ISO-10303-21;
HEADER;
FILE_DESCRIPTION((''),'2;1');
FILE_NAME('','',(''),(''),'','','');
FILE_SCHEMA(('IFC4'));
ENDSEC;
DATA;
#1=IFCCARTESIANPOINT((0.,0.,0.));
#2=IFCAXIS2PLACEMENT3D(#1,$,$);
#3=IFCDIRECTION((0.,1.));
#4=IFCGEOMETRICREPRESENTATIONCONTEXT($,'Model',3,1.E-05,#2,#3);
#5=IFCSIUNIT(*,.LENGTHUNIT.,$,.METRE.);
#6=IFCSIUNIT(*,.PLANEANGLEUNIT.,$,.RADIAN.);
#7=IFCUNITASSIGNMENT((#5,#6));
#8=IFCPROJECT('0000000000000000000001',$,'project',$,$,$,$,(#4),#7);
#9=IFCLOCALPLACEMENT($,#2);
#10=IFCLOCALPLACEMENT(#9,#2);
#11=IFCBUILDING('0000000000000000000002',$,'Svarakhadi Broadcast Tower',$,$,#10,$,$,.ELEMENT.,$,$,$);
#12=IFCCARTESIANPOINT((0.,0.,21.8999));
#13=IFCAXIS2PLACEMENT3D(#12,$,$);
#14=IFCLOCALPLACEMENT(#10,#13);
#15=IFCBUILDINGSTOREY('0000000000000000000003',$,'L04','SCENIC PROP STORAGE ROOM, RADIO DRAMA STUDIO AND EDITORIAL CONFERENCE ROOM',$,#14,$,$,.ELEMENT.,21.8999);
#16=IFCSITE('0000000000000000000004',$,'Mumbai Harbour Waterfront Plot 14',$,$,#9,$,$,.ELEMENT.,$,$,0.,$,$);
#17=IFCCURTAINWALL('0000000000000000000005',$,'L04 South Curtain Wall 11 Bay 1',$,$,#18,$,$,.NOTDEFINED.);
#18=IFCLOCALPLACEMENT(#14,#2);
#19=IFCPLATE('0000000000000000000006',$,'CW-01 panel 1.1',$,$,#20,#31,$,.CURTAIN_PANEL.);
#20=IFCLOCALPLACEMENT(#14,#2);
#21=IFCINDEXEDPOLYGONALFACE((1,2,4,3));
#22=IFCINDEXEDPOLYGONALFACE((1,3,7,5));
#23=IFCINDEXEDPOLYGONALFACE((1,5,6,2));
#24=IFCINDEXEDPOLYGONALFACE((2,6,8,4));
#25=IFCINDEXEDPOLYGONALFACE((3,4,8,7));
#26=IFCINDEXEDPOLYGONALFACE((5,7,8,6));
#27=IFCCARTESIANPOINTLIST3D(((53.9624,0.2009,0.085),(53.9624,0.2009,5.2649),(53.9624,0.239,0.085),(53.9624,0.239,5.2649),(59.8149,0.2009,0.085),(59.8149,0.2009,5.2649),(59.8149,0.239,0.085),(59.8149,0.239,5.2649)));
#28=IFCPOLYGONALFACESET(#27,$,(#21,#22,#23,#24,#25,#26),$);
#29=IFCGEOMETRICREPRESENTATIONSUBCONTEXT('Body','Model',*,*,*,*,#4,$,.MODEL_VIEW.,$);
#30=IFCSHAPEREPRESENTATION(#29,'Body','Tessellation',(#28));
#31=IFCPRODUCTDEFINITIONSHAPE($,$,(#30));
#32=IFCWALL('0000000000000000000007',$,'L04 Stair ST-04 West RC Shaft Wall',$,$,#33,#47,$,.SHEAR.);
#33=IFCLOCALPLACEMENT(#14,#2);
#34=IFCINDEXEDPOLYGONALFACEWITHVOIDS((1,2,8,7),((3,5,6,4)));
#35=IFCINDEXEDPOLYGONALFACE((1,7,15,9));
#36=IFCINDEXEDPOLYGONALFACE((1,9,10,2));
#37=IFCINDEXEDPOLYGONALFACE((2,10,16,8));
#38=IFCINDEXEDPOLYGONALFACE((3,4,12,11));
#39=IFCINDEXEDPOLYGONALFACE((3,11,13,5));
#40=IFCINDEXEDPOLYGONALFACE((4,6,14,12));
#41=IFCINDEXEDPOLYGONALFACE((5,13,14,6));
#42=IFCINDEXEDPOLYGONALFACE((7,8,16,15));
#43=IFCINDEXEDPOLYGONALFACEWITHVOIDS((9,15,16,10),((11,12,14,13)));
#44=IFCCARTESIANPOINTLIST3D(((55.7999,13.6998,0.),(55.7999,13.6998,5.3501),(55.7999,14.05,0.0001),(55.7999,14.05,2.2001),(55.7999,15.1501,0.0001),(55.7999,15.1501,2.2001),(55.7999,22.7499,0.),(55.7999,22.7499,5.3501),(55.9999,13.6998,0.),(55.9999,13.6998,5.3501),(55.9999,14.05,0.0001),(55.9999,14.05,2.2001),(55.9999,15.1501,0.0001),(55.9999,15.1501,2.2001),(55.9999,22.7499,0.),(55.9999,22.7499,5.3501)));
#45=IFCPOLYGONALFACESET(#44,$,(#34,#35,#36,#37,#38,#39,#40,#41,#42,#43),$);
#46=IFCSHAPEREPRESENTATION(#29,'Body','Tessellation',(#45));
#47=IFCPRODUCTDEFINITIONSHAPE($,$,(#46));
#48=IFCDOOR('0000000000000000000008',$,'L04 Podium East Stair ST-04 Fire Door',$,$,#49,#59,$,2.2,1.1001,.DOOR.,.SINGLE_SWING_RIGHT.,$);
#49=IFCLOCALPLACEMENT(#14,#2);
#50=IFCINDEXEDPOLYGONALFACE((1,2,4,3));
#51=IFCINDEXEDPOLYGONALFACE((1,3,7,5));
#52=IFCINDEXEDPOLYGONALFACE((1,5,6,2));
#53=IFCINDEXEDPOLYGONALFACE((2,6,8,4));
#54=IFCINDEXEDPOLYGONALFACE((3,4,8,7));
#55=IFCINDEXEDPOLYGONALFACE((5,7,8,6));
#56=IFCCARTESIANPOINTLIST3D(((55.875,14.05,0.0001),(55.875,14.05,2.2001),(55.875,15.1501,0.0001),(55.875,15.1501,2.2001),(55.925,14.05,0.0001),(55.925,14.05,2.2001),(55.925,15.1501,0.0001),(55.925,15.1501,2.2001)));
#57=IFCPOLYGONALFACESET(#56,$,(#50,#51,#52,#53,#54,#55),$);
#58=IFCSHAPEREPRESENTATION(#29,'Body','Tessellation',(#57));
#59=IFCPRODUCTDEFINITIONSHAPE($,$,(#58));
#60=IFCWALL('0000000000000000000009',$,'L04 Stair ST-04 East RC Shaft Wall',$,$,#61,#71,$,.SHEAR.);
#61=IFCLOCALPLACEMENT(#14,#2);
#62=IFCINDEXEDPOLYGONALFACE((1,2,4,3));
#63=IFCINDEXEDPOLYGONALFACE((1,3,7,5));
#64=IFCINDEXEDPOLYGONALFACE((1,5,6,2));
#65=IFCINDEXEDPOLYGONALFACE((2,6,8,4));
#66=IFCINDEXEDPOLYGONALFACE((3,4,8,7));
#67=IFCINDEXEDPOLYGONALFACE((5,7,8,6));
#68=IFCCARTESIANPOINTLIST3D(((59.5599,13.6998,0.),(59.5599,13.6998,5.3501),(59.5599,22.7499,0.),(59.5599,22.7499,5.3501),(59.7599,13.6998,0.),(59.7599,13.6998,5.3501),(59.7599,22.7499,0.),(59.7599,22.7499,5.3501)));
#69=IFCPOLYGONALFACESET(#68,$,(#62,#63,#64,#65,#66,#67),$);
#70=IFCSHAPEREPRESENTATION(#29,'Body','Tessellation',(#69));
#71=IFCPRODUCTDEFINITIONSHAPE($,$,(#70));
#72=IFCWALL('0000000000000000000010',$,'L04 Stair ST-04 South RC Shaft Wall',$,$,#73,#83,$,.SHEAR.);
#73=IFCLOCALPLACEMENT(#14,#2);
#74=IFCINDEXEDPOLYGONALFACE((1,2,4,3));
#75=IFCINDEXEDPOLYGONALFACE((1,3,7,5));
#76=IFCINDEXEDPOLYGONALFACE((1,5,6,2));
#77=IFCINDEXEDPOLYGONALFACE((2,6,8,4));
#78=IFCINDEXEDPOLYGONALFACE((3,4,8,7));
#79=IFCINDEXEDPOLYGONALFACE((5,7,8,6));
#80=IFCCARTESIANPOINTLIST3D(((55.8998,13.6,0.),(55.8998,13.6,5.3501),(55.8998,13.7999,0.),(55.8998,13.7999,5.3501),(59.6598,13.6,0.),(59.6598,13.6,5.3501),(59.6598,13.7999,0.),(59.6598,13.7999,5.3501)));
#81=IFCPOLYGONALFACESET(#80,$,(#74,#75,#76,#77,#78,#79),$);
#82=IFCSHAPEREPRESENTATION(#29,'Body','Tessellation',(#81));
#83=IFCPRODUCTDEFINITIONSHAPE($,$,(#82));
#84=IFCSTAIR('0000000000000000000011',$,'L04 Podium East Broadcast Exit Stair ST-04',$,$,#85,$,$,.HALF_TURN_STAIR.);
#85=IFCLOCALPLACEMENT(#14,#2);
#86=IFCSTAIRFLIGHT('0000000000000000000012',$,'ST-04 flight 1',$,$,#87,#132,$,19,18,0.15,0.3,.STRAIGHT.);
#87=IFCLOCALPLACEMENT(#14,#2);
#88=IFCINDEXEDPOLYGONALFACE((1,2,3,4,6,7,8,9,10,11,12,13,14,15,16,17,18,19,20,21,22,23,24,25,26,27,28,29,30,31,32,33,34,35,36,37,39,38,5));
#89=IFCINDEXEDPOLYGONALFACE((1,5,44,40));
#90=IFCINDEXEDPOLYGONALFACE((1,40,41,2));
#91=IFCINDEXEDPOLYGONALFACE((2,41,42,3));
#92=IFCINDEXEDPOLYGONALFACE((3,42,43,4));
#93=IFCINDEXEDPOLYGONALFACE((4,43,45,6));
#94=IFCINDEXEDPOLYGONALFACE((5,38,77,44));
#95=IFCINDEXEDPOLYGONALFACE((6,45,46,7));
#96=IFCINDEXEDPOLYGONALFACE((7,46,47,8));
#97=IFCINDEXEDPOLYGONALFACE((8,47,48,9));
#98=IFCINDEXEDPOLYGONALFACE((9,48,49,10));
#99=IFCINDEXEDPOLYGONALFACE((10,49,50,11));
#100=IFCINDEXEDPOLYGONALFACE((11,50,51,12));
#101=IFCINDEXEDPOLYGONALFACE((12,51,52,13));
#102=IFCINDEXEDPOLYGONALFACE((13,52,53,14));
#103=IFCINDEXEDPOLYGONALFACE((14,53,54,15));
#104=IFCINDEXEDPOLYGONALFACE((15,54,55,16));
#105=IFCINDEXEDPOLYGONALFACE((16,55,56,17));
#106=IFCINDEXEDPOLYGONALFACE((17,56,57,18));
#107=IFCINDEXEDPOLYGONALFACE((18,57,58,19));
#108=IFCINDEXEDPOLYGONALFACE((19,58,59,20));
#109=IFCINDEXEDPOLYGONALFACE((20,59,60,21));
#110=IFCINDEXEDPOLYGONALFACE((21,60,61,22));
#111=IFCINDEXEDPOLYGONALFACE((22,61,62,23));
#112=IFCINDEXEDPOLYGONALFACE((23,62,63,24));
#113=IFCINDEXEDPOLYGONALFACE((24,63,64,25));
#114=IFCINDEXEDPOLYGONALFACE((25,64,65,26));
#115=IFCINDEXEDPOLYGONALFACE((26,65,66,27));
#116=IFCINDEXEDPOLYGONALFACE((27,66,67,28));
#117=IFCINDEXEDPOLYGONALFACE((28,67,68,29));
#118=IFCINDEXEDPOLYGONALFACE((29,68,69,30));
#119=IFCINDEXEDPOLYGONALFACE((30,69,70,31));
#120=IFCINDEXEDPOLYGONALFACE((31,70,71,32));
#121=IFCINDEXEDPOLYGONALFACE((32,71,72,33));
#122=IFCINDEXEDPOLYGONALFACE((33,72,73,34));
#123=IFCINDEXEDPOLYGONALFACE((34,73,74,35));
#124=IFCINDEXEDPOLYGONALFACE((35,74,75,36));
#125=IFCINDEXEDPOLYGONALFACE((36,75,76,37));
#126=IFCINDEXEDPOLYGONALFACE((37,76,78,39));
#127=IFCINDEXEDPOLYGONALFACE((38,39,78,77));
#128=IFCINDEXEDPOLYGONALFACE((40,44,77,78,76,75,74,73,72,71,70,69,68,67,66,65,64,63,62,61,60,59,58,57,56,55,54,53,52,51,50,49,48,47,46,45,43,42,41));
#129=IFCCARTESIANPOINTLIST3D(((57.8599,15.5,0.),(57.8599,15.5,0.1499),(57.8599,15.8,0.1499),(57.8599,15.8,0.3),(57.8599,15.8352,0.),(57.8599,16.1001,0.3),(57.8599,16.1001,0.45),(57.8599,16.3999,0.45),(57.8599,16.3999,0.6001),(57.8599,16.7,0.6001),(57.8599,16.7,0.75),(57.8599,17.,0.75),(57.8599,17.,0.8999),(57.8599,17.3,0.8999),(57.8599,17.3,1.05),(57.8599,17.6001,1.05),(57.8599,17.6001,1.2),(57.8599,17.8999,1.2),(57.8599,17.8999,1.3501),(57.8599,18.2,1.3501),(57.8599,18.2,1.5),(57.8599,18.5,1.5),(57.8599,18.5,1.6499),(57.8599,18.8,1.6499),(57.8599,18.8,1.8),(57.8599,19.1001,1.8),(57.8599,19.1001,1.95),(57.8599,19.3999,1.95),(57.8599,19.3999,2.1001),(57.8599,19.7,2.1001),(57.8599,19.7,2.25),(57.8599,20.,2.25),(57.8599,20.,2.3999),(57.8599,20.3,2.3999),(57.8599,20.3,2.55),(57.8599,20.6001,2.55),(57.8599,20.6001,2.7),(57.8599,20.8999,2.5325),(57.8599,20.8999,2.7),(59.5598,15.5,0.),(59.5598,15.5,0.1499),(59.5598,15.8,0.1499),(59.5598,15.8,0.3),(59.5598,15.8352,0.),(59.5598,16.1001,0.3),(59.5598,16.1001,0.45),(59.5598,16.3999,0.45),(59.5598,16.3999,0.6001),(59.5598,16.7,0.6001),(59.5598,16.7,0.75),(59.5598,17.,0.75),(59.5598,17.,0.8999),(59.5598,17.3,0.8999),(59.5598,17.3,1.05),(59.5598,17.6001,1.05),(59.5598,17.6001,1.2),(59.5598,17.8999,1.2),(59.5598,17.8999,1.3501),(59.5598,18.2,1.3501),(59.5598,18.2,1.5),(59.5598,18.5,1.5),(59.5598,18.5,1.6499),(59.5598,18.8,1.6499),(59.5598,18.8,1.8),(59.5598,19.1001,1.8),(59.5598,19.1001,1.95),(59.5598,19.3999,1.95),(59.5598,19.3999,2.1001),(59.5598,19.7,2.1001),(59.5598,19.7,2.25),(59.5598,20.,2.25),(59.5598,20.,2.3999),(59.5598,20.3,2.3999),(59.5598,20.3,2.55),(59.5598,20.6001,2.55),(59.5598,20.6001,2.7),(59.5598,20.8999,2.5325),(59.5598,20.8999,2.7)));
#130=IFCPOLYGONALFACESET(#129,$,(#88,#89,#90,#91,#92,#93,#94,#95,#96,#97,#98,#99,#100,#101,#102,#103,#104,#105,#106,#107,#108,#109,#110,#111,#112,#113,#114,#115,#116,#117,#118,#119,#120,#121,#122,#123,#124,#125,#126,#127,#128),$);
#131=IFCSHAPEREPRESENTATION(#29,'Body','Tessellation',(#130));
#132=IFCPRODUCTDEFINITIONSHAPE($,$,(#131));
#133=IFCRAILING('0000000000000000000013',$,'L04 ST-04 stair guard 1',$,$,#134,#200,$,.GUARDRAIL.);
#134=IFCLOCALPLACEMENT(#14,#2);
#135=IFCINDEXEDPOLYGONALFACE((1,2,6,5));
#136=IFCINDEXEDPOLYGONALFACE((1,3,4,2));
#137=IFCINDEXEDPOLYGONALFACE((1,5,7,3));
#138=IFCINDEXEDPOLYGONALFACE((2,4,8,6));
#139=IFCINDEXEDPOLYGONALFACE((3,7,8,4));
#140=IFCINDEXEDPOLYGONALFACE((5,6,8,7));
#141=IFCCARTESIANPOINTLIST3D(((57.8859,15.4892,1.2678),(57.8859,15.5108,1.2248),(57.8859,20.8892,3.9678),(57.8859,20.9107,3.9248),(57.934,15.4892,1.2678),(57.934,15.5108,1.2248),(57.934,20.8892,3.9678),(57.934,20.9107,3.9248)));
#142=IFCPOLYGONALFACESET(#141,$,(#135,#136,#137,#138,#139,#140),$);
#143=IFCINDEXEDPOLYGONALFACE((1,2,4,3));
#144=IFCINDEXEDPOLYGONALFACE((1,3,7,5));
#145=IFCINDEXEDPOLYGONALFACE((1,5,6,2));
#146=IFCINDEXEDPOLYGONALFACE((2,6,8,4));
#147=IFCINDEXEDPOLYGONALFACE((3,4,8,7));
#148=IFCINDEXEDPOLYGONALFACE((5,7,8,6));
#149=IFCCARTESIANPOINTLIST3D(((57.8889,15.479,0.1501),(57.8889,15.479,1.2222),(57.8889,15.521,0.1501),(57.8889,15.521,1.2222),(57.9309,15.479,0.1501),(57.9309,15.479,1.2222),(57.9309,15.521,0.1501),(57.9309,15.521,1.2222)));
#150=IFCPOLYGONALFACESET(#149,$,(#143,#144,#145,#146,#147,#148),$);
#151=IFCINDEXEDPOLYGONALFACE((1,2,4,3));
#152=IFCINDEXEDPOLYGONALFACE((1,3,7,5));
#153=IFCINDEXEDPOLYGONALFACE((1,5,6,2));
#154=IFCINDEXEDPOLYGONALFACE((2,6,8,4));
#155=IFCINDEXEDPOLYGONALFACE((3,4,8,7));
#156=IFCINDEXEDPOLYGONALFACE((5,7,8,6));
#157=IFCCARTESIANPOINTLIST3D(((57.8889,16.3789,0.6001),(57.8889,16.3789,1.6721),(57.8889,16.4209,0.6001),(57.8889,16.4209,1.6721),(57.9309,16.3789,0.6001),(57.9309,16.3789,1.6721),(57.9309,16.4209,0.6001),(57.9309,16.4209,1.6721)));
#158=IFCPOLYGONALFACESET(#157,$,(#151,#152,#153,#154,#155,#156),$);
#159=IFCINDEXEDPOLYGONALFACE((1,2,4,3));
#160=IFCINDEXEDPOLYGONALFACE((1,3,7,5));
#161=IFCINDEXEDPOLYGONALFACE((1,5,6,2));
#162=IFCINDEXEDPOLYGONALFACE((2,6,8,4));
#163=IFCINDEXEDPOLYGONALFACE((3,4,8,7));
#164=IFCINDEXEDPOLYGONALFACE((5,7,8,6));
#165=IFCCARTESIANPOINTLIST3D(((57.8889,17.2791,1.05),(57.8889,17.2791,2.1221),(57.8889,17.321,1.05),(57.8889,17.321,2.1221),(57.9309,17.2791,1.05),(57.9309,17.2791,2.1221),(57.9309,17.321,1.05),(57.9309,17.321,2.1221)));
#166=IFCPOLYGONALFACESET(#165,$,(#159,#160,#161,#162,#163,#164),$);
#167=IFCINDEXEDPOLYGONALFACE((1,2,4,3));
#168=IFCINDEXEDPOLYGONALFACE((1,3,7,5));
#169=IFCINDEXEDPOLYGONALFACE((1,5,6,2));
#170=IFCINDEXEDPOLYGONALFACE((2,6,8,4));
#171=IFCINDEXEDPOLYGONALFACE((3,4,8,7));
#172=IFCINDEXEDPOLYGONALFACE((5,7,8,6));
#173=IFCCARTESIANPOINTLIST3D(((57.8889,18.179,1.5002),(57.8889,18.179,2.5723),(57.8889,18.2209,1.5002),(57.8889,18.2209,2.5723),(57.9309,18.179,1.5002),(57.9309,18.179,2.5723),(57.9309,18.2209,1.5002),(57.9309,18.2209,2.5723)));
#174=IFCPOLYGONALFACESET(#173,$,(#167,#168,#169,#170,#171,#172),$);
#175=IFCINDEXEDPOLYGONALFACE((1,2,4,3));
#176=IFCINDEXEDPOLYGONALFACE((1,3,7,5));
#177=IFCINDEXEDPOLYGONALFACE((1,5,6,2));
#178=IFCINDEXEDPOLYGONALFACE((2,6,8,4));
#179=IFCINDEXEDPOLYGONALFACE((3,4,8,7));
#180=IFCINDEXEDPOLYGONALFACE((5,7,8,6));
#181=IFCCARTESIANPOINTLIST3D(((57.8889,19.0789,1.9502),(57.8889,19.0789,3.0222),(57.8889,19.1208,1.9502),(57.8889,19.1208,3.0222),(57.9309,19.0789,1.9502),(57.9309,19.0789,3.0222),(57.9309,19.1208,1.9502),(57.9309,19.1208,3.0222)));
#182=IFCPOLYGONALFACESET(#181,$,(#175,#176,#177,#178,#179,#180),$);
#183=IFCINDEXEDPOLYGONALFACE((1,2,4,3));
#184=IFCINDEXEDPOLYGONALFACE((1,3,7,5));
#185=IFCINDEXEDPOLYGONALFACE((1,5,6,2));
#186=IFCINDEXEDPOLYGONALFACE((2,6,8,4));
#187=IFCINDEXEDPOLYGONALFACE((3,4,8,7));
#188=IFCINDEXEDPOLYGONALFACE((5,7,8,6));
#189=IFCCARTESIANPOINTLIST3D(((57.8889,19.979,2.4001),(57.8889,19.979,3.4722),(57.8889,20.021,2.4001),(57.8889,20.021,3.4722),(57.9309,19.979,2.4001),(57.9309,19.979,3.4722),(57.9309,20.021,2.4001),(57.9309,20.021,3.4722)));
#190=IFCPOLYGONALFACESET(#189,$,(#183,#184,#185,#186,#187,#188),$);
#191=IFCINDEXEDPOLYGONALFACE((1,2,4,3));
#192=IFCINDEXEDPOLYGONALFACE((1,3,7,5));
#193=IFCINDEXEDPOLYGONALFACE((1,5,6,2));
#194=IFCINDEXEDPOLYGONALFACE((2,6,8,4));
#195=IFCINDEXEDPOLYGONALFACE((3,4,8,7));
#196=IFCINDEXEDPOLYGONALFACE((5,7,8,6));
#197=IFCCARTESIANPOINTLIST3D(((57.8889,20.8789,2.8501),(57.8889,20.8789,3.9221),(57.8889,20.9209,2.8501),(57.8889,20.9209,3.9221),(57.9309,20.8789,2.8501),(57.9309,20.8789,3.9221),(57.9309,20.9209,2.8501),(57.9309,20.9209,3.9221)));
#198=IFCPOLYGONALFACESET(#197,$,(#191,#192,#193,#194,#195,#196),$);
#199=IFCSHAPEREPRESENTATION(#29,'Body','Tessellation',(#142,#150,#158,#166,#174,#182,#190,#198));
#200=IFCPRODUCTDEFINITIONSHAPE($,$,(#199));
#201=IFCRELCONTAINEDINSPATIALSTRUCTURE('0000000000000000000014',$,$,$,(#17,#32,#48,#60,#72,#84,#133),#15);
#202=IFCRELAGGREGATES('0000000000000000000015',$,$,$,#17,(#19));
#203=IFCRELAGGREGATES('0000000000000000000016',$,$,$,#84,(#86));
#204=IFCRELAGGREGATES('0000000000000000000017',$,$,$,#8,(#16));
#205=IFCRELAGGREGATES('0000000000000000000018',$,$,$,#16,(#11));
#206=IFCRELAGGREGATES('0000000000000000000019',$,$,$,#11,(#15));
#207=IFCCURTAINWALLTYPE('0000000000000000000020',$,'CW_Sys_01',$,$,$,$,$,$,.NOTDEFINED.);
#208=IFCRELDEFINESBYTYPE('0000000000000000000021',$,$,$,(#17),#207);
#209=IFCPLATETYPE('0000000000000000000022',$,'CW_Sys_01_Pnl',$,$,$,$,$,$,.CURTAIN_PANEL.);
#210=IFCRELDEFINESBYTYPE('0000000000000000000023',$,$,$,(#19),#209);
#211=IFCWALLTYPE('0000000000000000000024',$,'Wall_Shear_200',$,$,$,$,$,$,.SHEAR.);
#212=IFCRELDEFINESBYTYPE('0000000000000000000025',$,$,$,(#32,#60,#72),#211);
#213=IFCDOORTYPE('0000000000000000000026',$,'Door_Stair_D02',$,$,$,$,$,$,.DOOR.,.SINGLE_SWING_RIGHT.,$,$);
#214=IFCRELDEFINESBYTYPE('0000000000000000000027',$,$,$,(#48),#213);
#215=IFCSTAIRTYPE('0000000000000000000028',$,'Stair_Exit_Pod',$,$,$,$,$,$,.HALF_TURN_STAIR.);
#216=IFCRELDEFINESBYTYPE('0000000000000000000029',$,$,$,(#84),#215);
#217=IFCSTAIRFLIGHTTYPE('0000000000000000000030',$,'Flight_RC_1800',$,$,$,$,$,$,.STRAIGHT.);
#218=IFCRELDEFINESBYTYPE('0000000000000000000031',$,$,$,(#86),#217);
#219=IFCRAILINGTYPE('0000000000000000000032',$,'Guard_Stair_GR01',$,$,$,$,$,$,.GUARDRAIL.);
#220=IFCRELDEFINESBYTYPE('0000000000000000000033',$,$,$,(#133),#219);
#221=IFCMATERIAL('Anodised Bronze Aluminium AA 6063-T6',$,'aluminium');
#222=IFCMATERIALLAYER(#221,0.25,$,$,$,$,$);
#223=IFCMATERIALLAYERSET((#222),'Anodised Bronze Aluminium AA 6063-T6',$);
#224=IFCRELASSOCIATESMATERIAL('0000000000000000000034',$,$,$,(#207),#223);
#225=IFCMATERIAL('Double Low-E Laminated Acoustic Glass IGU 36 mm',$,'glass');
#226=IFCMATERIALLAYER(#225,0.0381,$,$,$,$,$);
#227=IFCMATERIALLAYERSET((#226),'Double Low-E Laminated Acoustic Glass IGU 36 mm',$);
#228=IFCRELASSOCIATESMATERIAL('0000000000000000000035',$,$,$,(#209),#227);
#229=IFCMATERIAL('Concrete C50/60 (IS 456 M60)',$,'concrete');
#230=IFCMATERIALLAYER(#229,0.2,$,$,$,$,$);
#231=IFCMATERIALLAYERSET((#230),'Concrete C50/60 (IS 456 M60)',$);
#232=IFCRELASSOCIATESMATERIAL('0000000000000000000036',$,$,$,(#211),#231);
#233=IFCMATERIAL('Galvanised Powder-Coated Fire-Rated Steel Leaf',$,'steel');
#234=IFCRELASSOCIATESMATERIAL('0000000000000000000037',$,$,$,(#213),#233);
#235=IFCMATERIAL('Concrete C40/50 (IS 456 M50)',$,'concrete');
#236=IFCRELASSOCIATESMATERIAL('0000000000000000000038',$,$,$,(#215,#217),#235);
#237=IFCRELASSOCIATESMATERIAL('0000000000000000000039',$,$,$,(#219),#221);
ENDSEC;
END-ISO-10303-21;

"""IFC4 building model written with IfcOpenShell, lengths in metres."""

from ifc_helpers import new_model, si_unit, direction, frame, frame_2d, origin, origin_2d, place, context, subcontext, project, spatial, polyline, rectangle, outline, extrude, material, layer, layer_set, type_object, element, fill, aggregate, save


model = new_model("IFC4")

# Units and contexts
model_context = context("Model", 3, precision=1e-05, world=origin(), true_north=direction((0.0, 1.0)))
body_context = subcontext(model_context, "Body", "Model", "MODEL_VIEW")
ifc_project = project(units=[si_unit("LENGTHUNIT", "METRE"), si_unit("PLANEANGLEUNIT", "RADIAN")], contexts=[model_context])

# Site, building, storey
site_placement = place(None, origin())
site = spatial("IfcSite", under=ifc_project, at=site_placement, Name="Mumbai Harbour Waterfront Plot 14", CompositionType="ELEMENT", RefElevation=0.0)
building_placement = place(site_placement, origin())
building = spatial("IfcBuilding", under=site, at=building_placement, Name="Svarakhadi Broadcast Tower", CompositionType="ELEMENT")
storey_placement = place(building_placement, frame((0.0, 0.0, 21.8999)))
storey = spatial("IfcBuildingStorey", under=building, at=storey_placement, Name="L04", Description="SCENIC PROP STORAGE ROOM, RADIO DRAMA STUDIO AND EDITORIAL CONFERENCE ROOM", CompositionType="ELEMENT", Elevation=21.8999)

# Shared definitions
ifc_material_1 = material(Name="Anodised Bronze Aluminium AA 6063-T6", Category="aluminium")
ifc_layer_1 = layer(ifc_material_1, 0.25)
ifc_layer_set_1 = layer_set([ifc_layer_1], Name="Anodised Bronze Aluminium AA 6063-T6")
curtain_wall_type = type_object("IfcCurtainWallType", Name="CW_Sys_01", PredefinedType="NOTDEFINED", material=ifc_layer_set_1)

# Curtain wall
curtain_wall_1_placement = place(storey_placement, origin())
curtain_wall_1 = element("IfcCurtainWall", 1, at=curtain_wall_1_placement, inside=storey, type_object=curtain_wall_type, Name="L04 South Curtain Wall 11 Bay 1", PredefinedType="NOTDEFINED")

# Shared definitions
ifc_material_2 = material(Name="Concrete C50/60 (IS 456 M60)", Category="concrete")

# Plate
ifc_material_3 = material(Name="Double Low-E Laminated Acoustic Glass IGU 36 mm", Category="glass")
ifc_layer_2 = layer(ifc_material_3, 0.0381)
ifc_layer_set_2 = layer_set([ifc_layer_2], Name="Double Low-E Laminated Acoustic Glass IGU 36 mm")
plate_type = type_object("IfcPlateType", Name="CW_Sys_01_Pnl", PredefinedType="CURTAIN_PANEL", material=ifc_layer_set_2)
plate_1_placement = place(storey_placement, frame((56.8887, 0.22, 0.085), z_axis=(0.0, 0.0, 1.0), x_axis=(-1.0, 0.0, 0.0)))
plate_1 = element("IfcPlate", 2, at=plate_1_placement, type_object=plate_type, Name="CW-01 panel 1.1", PredefinedType="CURTAIN_PANEL", context=body_context, shape_type="SweptSolid", body=[
    extrude(rectangle(XDim=5.8525, YDim=0.0381, at=origin_2d()), origin(), (0.0, 0.0, 1.0), 5.1799),
])
aggregate(curtain_wall_1, [plate_1])

# Wall, opening, door
ifc_layer_3 = layer(ifc_material_2, 0.2)
ifc_layer_set_3 = layer_set([ifc_layer_3], Name="Concrete C50/60 (IS 456 M60)")
wall_type = type_object("IfcWallType", Name="Wall_Shear_200", PredefinedType="SHEAR", material=ifc_layer_set_3)
wall_1_placement = place(storey_placement, frame((55.8999, 13.7, 0.0), z_axis=(0.0, 0.0, 1.0), x_axis=(0.0, 1.0, 0.0)))
wall_1 = element("IfcWall", 3, at=wall_1_placement, inside=storey, type_object=wall_type, Name="L04 Stair ST-04 West RC Shaft Wall", PredefinedType="SHEAR", context=body_context, shape_type="SweptSolid", body=[
    extrude(rectangle(XDim=9.05, YDim=0.2, at=frame_2d((4.5249, 0.0))), origin(), (0.0, 0.0, 1.0), 5.3501),
])
opening_placement = place(wall_1_placement, frame((0.3501, 0.0, 0.0)))
opening = element("IfcOpeningElement", 4, at=opening_placement, cuts=wall_1, PredefinedType="OPENING", context=body_context, shape_type="SweptSolid", body=[
    extrude(rectangle(XDim=1.1001, YDim=2.2, at=frame_2d((0.55, 1.1001))), frame((0.0, 0.1099, 0.0), z_axis=(0.0, -1.0, 0.0), x_axis=(1.0, 0.0, 0.0)), (0.0, 0.0, 1.0), 0.22),
])
ifc_material_4 = material(Name="Galvanised Powder-Coated Fire-Rated Steel Leaf", Category="steel")
door_type = type_object("IfcDoorType", Name="Door_Stair_D02", OperationType="SINGLE_SWING_RIGHT", PredefinedType="DOOR", material=ifc_material_4)
door_placement = place(opening_placement, origin())
door = element("IfcDoor", 5, at=door_placement, inside=storey, type_object=door_type, Name="L04 Podium East Stair ST-04 Fire Door", OperationType="SINGLE_SWING_RIGHT", OverallHeight=2.2, OverallWidth=1.1001, PredefinedType="DOOR", context=body_context, shape_type="SweptSolid", body=[
    extrude(rectangle(XDim=1.1001, YDim=2.2, at=frame_2d((0.55, 1.1001))), frame((0.0, 0.0249, 0.0), z_axis=(0.0, -1.0, 0.0), x_axis=(1.0, 0.0, 0.0)), (0.0, 0.0, 1.0), 0.05),
])
fill(opening, door)

# Walls
wall_2_placement = place(storey_placement, frame((59.6599, 13.7, 0.0), z_axis=(0.0, 0.0, 1.0), x_axis=(0.0, 1.0, 0.0)))
element("IfcWall", 6, at=wall_2_placement, inside=storey, type_object=wall_type, Name="L04 Stair ST-04 East RC Shaft Wall", PredefinedType="SHEAR", context=body_context, shape_type="SweptSolid", body=[
    extrude(rectangle(XDim=9.05, YDim=0.2, at=frame_2d((4.5249, 0.0))), origin(), (0.0, 0.0, 1.0), 5.3501),
])
wall_3_placement = place(storey_placement, frame((55.8999, 13.7, 0.0), z_axis=(0.0, 0.0, 1.0), x_axis=(1.0, 0.0, 0.0)))
element("IfcWall", 7, at=wall_3_placement, inside=storey, type_object=wall_type, Name="L04 Stair ST-04 South RC Shaft Wall", PredefinedType="SHEAR", context=body_context, shape_type="SweptSolid", body=[
    extrude(rectangle(XDim=3.76, YDim=0.2, at=frame_2d((1.8799, 0.0))), origin(), (0.0, 0.0, 1.0), 5.3501),
])

# Stair, stair flight
ifc_material_5 = material(Name="Concrete C40/50 (IS 456 M50)", Category="concrete")
stair_type = type_object("IfcStairType", Name="Stair_Exit_Pod", PredefinedType="HALF_TURN_STAIR", material=ifc_material_5)
stair_placement = place(storey_placement, origin())
stair = element("IfcStair", 8, at=stair_placement, inside=storey, type_object=stair_type, Name="L04 Podium East Broadcast Exit Stair ST-04", PredefinedType="HALF_TURN_STAIR")
stair_flight_type = type_object("IfcStairFlightType", Name="Flight_RC_1800", PredefinedType="STRAIGHT", material=ifc_material_5)
stair_flight_placement = place(storey_placement, frame((58.71, 15.5, 0.0), z_axis=(0.0, 0.0, 1.0), x_axis=(0.0, 1.0, 0.0)))
stair_flight = element("IfcStairFlight", 9, at=stair_flight_placement, type_object=stair_flight_type, Name="ST-04 flight 1", NumberOfRisers=19, NumberOfTreads=18, PredefinedType="STRAIGHT", RiserHeight=0.15, TreadLength=0.3, context=body_context, shape_type="SweptSolid", body=[
    extrude(outline(polyline([(0.0, 0.0), (0.0, 0.1499), (0.3, 0.1499), (0.3, 0.3), (0.6001, 0.3), (0.6001, 0.45), (0.8999, 0.45), (0.8999, 0.6001), (1.2, 0.6001), (1.2, 0.75), (1.5, 0.75), (1.5, 0.8999), (1.8, 0.8999), (1.8, 1.05), (2.1001, 1.05), (2.1001, 1.2), (2.3999, 1.2), (2.3999, 1.3501), (2.7, 1.3501), (2.7, 1.5), (3.0, 1.5), (3.0, 1.6499), (3.3, 1.6499), (3.3, 1.8), (3.6001, 1.8), (3.6001, 1.95), (3.8999, 1.95), (3.8999, 2.1001), (4.2, 2.1001), (4.2, 2.25), (4.5, 2.25), (4.5, 2.3999), (4.8, 2.3999), (4.8, 2.55), (5.1001, 2.55), (5.1001, 2.7), (5.3999, 2.7), (5.3999, 2.8501), (5.3999, 2.5325), (0.3352, 0.0), (0.0, 0.0)])), frame((0.0, 0.8501, 0.0), z_axis=(0.0, -1.0, 0.0), x_axis=(1.0, 0.0, 0.0)), (0.0, 0.0, 1.0), 1.7),
])
aggregate(stair, [stair_flight])

# Railing
railing_type_1 = type_object("IfcRailingType", Name="Guard_Stair_GR01", PredefinedType="GUARDRAIL", material=ifc_material_1)
railing_1_placement = place(storey_placement, frame((57.9099, 15.5, 0.1501)))
element("IfcRailing", 10, at=railing_1_placement, inside=storey, type_object=railing_type_1, Name="L04 ST-04 stair guard 1", PredefinedType="GUARDRAIL", context=body_context, shape_type="SweptSolid", body=[
    extrude(rectangle(XDim=0.0481, YDim=0.0481, at=origin_2d()), frame((0.0, 0.0, 1.0962), z_axis=(0.0, 0.894427, 0.447214), x_axis=(-1.0, 0.0, 0.0)), (0.0, 0.0, 1.0), 6.0374),
    extrude(rectangle(XDim=0.042, YDim=0.042, at=origin_2d()), origin(), (0.0, 0.0, 1.0), 1.072),
    extrude(rectangle(XDim=0.042, YDim=0.042, at=origin_2d()), frame((0.0, 0.8999, 0.45)), (0.0, 0.0, 1.0), 1.072),
    extrude(rectangle(XDim=0.042, YDim=0.042, at=origin_2d()), frame((0.0, 1.8, 0.8999)), (0.0, 0.0, 1.0), 1.072),
    extrude(rectangle(XDim=0.042, YDim=0.042, at=origin_2d()), frame((0.0, 2.7, 1.3501)), (0.0, 0.0, 1.0), 1.072),
    extrude(rectangle(XDim=0.042, YDim=0.042, at=origin_2d()), frame((0.0, 3.5999, 1.8)), (0.0, 0.0, 1.0), 1.072),
    extrude(rectangle(XDim=0.042, YDim=0.042, at=origin_2d()), frame((0.0, 4.5, 2.25)), (0.0, 0.0, 1.0), 1.072),
    extrude(rectangle(XDim=0.042, YDim=0.042, at=origin_2d()), frame((0.0, 5.3999, 2.7)), (0.0, 0.0, 1.0), 1.072),
])

save(model, "model.ifc")
